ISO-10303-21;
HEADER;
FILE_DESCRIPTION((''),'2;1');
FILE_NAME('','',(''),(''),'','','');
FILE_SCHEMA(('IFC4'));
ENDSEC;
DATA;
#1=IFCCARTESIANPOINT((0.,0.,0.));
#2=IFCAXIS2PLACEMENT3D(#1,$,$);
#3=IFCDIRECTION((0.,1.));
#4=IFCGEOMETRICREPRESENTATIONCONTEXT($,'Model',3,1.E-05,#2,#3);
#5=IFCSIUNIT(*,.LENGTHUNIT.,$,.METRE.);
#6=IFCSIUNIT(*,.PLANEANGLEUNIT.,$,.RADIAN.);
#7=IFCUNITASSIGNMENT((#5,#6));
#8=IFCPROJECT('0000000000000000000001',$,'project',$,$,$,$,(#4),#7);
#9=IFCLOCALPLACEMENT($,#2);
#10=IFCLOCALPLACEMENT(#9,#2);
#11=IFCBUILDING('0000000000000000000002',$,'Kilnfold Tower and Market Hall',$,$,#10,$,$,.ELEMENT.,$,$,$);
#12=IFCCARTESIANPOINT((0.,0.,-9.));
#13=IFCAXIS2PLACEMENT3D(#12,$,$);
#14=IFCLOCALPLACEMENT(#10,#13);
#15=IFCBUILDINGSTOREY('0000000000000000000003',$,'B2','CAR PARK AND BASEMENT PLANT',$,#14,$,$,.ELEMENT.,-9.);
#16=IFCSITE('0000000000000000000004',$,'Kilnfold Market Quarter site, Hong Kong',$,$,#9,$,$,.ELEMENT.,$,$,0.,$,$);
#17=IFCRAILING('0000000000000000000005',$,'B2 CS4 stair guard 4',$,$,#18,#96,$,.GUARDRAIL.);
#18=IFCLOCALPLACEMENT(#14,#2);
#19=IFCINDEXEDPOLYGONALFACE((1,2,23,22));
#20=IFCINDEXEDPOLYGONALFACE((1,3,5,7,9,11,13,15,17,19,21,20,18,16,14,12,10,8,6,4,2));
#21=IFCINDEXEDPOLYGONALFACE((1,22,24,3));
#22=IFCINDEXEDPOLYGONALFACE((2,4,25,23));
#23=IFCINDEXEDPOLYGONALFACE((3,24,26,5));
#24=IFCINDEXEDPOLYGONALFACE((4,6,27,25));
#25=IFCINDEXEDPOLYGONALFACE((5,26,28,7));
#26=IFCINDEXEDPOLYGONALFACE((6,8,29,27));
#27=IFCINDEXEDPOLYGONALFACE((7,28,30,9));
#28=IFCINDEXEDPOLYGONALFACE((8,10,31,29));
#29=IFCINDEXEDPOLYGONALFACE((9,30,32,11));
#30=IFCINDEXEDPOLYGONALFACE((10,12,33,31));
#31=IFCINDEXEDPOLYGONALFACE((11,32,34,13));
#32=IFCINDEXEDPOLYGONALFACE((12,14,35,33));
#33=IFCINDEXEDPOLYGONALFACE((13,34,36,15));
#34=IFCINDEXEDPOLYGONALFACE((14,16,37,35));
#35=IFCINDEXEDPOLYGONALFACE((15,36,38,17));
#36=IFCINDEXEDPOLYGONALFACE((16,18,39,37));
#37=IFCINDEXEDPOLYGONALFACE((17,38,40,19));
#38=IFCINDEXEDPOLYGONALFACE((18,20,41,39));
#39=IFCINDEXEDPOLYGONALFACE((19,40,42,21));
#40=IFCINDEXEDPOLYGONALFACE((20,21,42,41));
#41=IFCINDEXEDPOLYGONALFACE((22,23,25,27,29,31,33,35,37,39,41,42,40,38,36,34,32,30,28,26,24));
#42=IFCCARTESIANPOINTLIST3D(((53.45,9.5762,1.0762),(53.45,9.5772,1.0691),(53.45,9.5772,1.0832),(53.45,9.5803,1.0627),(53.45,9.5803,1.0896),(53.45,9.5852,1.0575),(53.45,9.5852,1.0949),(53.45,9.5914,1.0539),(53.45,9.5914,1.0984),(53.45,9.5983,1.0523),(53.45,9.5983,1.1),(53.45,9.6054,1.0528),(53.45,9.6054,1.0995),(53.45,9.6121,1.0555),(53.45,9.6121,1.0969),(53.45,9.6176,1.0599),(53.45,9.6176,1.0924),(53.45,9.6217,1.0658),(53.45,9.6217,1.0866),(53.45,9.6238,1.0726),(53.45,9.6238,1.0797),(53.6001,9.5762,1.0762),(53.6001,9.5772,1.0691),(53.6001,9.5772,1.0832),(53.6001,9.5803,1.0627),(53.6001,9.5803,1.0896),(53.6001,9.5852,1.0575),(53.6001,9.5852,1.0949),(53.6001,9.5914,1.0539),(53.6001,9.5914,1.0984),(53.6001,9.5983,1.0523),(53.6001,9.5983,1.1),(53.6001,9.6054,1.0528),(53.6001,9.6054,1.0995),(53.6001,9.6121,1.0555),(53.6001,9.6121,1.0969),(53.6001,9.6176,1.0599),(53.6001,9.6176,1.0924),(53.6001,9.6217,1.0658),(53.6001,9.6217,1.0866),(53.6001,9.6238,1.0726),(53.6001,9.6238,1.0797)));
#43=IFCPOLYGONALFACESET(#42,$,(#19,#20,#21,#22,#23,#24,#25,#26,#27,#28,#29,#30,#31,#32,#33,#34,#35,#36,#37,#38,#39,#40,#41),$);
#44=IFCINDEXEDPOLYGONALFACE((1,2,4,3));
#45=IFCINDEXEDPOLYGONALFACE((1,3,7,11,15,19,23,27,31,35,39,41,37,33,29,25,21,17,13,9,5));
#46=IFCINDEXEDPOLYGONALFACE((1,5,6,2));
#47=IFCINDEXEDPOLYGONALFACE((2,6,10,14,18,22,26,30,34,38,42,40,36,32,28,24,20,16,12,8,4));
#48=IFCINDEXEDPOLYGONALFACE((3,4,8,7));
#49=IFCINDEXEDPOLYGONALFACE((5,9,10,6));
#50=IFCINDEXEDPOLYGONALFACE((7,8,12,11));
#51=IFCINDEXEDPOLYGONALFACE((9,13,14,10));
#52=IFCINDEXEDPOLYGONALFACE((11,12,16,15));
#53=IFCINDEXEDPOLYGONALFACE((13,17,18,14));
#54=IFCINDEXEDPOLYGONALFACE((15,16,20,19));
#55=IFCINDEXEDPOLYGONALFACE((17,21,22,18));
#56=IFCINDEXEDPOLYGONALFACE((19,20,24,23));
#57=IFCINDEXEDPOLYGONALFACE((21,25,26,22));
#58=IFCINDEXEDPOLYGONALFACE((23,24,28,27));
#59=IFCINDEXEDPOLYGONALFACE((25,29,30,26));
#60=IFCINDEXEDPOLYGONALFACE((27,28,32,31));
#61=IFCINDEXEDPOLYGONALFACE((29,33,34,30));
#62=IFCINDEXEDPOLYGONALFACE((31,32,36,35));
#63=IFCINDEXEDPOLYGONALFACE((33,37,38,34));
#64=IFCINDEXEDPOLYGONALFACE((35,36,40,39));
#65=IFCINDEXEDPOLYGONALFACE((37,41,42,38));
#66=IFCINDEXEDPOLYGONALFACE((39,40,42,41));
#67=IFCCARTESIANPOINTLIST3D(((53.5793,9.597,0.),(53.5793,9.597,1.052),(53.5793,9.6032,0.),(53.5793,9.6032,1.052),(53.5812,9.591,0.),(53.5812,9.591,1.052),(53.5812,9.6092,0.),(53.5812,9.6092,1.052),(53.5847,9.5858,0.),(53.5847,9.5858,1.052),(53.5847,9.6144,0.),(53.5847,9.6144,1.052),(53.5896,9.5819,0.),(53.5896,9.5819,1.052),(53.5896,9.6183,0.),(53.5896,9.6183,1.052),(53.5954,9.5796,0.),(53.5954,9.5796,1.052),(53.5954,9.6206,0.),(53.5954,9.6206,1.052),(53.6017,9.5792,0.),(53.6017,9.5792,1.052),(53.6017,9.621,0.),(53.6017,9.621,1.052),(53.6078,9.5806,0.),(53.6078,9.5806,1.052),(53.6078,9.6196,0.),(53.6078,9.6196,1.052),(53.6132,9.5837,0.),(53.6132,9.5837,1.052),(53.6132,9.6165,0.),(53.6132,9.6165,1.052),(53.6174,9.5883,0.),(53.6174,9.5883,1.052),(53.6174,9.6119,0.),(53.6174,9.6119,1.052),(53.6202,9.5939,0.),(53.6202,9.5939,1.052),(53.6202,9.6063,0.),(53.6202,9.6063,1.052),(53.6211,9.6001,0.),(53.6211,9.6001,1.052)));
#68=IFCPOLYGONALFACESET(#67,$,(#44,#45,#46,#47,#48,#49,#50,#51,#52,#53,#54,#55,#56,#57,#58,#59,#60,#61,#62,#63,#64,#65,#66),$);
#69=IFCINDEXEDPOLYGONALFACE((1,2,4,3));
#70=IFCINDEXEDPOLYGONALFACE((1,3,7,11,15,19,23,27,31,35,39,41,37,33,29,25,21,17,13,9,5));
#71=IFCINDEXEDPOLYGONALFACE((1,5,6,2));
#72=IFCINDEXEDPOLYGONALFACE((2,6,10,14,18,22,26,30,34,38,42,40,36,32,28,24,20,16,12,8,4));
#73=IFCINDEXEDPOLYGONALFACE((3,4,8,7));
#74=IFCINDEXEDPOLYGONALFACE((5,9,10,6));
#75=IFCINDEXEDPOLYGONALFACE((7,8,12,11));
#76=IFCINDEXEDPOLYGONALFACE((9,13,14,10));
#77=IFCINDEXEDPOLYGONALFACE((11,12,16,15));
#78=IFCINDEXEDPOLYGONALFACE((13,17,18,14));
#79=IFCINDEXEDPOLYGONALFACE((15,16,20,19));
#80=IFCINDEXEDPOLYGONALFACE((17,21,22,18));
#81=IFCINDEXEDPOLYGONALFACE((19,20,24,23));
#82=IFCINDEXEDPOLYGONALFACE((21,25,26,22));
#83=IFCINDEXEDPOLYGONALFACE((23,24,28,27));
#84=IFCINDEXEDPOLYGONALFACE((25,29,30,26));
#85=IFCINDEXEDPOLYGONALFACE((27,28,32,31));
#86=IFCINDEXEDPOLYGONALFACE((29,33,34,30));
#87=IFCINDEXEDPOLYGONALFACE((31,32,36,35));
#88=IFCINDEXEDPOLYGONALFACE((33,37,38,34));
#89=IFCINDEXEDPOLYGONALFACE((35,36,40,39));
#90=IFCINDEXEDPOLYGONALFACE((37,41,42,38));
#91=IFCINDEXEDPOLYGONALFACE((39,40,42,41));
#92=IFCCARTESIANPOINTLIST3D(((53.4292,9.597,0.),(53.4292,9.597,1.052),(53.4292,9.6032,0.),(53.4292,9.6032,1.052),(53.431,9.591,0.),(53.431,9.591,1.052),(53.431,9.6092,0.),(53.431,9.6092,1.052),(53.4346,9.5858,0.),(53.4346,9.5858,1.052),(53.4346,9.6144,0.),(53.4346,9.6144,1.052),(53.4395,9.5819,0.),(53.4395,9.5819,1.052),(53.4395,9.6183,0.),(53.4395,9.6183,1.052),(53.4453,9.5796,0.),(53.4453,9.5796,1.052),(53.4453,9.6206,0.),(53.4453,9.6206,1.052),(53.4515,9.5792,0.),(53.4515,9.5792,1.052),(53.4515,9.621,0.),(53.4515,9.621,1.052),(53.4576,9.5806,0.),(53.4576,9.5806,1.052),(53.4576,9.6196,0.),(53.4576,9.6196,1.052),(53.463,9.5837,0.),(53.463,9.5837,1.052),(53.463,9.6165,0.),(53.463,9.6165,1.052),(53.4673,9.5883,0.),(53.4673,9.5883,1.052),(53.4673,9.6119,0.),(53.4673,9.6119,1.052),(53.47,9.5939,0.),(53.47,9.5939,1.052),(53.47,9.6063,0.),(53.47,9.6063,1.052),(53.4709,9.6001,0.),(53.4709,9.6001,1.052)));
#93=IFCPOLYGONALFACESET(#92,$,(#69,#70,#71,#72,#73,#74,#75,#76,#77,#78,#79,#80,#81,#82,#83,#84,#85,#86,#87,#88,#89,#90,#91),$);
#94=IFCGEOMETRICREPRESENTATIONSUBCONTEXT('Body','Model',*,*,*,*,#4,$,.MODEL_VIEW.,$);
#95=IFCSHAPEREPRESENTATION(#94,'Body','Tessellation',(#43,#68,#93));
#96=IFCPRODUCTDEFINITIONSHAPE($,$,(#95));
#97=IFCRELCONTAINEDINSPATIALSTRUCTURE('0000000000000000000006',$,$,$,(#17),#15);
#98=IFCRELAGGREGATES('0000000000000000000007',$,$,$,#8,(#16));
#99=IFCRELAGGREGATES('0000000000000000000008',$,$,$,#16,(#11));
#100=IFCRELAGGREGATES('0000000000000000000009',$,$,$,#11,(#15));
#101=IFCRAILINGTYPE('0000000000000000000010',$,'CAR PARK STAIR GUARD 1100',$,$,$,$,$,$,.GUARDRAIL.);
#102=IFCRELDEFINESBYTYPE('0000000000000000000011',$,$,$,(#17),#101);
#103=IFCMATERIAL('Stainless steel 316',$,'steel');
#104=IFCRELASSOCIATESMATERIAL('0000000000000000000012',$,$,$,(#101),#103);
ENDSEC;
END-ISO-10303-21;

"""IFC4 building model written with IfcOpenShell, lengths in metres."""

from ifc_helpers import new_model, si_unit, direction, frame, origin, origin_2d, place, context, subcontext, project, spatial, circle, extrude, material, type_object, element, save


model = new_model("IFC4")

# Units and contexts
model_context = context("Model", 3, precision=1e-05, world=origin(), true_north=direction((0.0, 1.0)))
body_context = subcontext(model_context, "Body", "Model", "MODEL_VIEW")
ifc_project = project(units=[si_unit("LENGTHUNIT", "METRE"), si_unit("PLANEANGLEUNIT", "RADIAN")], contexts=[model_context])

# Site, building, storey
site_placement = place(None, origin())
site = spatial("IfcSite", under=ifc_project, at=site_placement, Name="Kilnfold Market Quarter site, Hong Kong", CompositionType="ELEMENT", RefElevation=0.0)
building_placement = place(site_placement, origin())
building = spatial("IfcBuilding", under=site, at=building_placement, Name="Kilnfold Tower and Market Hall", CompositionType="ELEMENT")
storey_placement = place(building_placement, frame((0.0, 0.0, -9.0)))
storey = spatial("IfcBuildingStorey", under=building, at=storey_placement, Name="B2", Description="CAR PARK AND BASEMENT PLANT", CompositionType="ELEMENT", Elevation=-9.0)

# Railing
ifc_material_1 = material(Name="Stainless steel 316", Category="steel")
railing_type_1 = type_object("IfcRailingType", Name="CAR PARK STAIR GUARD 1100", PredefinedType="GUARDRAIL", material=ifc_material_1)
railing_1_placement = place(storey_placement, frame((53.6001, 9.6001, 0.0)))
element("IfcRailing", 1, at=railing_1_placement, inside=storey, type_object=railing_type_1, Name="B2 CS4 stair guard 4", PredefinedType="GUARDRAIL", context=body_context, shape_type="SweptSolid", body=[
    extrude(circle(Radius=0.0239, at=origin_2d()), frame((0.0, 0.0, 1.0762), z_axis=(-1.0, 0.0, 0.0), x_axis=(0.0, -1.0, 0.0)), (0.0, 0.0, 1.0), 0.1501),
    extrude(circle(Radius=0.021, at=origin_2d()), origin(), (0.0, 0.0, 1.0), 1.052),
    extrude(circle(Radius=0.021, at=origin_2d()), frame((-0.1501, 0.0, 0.0)), (0.0, 0.0, 1.0), 1.052),
])

save(model, "model.ifc")
